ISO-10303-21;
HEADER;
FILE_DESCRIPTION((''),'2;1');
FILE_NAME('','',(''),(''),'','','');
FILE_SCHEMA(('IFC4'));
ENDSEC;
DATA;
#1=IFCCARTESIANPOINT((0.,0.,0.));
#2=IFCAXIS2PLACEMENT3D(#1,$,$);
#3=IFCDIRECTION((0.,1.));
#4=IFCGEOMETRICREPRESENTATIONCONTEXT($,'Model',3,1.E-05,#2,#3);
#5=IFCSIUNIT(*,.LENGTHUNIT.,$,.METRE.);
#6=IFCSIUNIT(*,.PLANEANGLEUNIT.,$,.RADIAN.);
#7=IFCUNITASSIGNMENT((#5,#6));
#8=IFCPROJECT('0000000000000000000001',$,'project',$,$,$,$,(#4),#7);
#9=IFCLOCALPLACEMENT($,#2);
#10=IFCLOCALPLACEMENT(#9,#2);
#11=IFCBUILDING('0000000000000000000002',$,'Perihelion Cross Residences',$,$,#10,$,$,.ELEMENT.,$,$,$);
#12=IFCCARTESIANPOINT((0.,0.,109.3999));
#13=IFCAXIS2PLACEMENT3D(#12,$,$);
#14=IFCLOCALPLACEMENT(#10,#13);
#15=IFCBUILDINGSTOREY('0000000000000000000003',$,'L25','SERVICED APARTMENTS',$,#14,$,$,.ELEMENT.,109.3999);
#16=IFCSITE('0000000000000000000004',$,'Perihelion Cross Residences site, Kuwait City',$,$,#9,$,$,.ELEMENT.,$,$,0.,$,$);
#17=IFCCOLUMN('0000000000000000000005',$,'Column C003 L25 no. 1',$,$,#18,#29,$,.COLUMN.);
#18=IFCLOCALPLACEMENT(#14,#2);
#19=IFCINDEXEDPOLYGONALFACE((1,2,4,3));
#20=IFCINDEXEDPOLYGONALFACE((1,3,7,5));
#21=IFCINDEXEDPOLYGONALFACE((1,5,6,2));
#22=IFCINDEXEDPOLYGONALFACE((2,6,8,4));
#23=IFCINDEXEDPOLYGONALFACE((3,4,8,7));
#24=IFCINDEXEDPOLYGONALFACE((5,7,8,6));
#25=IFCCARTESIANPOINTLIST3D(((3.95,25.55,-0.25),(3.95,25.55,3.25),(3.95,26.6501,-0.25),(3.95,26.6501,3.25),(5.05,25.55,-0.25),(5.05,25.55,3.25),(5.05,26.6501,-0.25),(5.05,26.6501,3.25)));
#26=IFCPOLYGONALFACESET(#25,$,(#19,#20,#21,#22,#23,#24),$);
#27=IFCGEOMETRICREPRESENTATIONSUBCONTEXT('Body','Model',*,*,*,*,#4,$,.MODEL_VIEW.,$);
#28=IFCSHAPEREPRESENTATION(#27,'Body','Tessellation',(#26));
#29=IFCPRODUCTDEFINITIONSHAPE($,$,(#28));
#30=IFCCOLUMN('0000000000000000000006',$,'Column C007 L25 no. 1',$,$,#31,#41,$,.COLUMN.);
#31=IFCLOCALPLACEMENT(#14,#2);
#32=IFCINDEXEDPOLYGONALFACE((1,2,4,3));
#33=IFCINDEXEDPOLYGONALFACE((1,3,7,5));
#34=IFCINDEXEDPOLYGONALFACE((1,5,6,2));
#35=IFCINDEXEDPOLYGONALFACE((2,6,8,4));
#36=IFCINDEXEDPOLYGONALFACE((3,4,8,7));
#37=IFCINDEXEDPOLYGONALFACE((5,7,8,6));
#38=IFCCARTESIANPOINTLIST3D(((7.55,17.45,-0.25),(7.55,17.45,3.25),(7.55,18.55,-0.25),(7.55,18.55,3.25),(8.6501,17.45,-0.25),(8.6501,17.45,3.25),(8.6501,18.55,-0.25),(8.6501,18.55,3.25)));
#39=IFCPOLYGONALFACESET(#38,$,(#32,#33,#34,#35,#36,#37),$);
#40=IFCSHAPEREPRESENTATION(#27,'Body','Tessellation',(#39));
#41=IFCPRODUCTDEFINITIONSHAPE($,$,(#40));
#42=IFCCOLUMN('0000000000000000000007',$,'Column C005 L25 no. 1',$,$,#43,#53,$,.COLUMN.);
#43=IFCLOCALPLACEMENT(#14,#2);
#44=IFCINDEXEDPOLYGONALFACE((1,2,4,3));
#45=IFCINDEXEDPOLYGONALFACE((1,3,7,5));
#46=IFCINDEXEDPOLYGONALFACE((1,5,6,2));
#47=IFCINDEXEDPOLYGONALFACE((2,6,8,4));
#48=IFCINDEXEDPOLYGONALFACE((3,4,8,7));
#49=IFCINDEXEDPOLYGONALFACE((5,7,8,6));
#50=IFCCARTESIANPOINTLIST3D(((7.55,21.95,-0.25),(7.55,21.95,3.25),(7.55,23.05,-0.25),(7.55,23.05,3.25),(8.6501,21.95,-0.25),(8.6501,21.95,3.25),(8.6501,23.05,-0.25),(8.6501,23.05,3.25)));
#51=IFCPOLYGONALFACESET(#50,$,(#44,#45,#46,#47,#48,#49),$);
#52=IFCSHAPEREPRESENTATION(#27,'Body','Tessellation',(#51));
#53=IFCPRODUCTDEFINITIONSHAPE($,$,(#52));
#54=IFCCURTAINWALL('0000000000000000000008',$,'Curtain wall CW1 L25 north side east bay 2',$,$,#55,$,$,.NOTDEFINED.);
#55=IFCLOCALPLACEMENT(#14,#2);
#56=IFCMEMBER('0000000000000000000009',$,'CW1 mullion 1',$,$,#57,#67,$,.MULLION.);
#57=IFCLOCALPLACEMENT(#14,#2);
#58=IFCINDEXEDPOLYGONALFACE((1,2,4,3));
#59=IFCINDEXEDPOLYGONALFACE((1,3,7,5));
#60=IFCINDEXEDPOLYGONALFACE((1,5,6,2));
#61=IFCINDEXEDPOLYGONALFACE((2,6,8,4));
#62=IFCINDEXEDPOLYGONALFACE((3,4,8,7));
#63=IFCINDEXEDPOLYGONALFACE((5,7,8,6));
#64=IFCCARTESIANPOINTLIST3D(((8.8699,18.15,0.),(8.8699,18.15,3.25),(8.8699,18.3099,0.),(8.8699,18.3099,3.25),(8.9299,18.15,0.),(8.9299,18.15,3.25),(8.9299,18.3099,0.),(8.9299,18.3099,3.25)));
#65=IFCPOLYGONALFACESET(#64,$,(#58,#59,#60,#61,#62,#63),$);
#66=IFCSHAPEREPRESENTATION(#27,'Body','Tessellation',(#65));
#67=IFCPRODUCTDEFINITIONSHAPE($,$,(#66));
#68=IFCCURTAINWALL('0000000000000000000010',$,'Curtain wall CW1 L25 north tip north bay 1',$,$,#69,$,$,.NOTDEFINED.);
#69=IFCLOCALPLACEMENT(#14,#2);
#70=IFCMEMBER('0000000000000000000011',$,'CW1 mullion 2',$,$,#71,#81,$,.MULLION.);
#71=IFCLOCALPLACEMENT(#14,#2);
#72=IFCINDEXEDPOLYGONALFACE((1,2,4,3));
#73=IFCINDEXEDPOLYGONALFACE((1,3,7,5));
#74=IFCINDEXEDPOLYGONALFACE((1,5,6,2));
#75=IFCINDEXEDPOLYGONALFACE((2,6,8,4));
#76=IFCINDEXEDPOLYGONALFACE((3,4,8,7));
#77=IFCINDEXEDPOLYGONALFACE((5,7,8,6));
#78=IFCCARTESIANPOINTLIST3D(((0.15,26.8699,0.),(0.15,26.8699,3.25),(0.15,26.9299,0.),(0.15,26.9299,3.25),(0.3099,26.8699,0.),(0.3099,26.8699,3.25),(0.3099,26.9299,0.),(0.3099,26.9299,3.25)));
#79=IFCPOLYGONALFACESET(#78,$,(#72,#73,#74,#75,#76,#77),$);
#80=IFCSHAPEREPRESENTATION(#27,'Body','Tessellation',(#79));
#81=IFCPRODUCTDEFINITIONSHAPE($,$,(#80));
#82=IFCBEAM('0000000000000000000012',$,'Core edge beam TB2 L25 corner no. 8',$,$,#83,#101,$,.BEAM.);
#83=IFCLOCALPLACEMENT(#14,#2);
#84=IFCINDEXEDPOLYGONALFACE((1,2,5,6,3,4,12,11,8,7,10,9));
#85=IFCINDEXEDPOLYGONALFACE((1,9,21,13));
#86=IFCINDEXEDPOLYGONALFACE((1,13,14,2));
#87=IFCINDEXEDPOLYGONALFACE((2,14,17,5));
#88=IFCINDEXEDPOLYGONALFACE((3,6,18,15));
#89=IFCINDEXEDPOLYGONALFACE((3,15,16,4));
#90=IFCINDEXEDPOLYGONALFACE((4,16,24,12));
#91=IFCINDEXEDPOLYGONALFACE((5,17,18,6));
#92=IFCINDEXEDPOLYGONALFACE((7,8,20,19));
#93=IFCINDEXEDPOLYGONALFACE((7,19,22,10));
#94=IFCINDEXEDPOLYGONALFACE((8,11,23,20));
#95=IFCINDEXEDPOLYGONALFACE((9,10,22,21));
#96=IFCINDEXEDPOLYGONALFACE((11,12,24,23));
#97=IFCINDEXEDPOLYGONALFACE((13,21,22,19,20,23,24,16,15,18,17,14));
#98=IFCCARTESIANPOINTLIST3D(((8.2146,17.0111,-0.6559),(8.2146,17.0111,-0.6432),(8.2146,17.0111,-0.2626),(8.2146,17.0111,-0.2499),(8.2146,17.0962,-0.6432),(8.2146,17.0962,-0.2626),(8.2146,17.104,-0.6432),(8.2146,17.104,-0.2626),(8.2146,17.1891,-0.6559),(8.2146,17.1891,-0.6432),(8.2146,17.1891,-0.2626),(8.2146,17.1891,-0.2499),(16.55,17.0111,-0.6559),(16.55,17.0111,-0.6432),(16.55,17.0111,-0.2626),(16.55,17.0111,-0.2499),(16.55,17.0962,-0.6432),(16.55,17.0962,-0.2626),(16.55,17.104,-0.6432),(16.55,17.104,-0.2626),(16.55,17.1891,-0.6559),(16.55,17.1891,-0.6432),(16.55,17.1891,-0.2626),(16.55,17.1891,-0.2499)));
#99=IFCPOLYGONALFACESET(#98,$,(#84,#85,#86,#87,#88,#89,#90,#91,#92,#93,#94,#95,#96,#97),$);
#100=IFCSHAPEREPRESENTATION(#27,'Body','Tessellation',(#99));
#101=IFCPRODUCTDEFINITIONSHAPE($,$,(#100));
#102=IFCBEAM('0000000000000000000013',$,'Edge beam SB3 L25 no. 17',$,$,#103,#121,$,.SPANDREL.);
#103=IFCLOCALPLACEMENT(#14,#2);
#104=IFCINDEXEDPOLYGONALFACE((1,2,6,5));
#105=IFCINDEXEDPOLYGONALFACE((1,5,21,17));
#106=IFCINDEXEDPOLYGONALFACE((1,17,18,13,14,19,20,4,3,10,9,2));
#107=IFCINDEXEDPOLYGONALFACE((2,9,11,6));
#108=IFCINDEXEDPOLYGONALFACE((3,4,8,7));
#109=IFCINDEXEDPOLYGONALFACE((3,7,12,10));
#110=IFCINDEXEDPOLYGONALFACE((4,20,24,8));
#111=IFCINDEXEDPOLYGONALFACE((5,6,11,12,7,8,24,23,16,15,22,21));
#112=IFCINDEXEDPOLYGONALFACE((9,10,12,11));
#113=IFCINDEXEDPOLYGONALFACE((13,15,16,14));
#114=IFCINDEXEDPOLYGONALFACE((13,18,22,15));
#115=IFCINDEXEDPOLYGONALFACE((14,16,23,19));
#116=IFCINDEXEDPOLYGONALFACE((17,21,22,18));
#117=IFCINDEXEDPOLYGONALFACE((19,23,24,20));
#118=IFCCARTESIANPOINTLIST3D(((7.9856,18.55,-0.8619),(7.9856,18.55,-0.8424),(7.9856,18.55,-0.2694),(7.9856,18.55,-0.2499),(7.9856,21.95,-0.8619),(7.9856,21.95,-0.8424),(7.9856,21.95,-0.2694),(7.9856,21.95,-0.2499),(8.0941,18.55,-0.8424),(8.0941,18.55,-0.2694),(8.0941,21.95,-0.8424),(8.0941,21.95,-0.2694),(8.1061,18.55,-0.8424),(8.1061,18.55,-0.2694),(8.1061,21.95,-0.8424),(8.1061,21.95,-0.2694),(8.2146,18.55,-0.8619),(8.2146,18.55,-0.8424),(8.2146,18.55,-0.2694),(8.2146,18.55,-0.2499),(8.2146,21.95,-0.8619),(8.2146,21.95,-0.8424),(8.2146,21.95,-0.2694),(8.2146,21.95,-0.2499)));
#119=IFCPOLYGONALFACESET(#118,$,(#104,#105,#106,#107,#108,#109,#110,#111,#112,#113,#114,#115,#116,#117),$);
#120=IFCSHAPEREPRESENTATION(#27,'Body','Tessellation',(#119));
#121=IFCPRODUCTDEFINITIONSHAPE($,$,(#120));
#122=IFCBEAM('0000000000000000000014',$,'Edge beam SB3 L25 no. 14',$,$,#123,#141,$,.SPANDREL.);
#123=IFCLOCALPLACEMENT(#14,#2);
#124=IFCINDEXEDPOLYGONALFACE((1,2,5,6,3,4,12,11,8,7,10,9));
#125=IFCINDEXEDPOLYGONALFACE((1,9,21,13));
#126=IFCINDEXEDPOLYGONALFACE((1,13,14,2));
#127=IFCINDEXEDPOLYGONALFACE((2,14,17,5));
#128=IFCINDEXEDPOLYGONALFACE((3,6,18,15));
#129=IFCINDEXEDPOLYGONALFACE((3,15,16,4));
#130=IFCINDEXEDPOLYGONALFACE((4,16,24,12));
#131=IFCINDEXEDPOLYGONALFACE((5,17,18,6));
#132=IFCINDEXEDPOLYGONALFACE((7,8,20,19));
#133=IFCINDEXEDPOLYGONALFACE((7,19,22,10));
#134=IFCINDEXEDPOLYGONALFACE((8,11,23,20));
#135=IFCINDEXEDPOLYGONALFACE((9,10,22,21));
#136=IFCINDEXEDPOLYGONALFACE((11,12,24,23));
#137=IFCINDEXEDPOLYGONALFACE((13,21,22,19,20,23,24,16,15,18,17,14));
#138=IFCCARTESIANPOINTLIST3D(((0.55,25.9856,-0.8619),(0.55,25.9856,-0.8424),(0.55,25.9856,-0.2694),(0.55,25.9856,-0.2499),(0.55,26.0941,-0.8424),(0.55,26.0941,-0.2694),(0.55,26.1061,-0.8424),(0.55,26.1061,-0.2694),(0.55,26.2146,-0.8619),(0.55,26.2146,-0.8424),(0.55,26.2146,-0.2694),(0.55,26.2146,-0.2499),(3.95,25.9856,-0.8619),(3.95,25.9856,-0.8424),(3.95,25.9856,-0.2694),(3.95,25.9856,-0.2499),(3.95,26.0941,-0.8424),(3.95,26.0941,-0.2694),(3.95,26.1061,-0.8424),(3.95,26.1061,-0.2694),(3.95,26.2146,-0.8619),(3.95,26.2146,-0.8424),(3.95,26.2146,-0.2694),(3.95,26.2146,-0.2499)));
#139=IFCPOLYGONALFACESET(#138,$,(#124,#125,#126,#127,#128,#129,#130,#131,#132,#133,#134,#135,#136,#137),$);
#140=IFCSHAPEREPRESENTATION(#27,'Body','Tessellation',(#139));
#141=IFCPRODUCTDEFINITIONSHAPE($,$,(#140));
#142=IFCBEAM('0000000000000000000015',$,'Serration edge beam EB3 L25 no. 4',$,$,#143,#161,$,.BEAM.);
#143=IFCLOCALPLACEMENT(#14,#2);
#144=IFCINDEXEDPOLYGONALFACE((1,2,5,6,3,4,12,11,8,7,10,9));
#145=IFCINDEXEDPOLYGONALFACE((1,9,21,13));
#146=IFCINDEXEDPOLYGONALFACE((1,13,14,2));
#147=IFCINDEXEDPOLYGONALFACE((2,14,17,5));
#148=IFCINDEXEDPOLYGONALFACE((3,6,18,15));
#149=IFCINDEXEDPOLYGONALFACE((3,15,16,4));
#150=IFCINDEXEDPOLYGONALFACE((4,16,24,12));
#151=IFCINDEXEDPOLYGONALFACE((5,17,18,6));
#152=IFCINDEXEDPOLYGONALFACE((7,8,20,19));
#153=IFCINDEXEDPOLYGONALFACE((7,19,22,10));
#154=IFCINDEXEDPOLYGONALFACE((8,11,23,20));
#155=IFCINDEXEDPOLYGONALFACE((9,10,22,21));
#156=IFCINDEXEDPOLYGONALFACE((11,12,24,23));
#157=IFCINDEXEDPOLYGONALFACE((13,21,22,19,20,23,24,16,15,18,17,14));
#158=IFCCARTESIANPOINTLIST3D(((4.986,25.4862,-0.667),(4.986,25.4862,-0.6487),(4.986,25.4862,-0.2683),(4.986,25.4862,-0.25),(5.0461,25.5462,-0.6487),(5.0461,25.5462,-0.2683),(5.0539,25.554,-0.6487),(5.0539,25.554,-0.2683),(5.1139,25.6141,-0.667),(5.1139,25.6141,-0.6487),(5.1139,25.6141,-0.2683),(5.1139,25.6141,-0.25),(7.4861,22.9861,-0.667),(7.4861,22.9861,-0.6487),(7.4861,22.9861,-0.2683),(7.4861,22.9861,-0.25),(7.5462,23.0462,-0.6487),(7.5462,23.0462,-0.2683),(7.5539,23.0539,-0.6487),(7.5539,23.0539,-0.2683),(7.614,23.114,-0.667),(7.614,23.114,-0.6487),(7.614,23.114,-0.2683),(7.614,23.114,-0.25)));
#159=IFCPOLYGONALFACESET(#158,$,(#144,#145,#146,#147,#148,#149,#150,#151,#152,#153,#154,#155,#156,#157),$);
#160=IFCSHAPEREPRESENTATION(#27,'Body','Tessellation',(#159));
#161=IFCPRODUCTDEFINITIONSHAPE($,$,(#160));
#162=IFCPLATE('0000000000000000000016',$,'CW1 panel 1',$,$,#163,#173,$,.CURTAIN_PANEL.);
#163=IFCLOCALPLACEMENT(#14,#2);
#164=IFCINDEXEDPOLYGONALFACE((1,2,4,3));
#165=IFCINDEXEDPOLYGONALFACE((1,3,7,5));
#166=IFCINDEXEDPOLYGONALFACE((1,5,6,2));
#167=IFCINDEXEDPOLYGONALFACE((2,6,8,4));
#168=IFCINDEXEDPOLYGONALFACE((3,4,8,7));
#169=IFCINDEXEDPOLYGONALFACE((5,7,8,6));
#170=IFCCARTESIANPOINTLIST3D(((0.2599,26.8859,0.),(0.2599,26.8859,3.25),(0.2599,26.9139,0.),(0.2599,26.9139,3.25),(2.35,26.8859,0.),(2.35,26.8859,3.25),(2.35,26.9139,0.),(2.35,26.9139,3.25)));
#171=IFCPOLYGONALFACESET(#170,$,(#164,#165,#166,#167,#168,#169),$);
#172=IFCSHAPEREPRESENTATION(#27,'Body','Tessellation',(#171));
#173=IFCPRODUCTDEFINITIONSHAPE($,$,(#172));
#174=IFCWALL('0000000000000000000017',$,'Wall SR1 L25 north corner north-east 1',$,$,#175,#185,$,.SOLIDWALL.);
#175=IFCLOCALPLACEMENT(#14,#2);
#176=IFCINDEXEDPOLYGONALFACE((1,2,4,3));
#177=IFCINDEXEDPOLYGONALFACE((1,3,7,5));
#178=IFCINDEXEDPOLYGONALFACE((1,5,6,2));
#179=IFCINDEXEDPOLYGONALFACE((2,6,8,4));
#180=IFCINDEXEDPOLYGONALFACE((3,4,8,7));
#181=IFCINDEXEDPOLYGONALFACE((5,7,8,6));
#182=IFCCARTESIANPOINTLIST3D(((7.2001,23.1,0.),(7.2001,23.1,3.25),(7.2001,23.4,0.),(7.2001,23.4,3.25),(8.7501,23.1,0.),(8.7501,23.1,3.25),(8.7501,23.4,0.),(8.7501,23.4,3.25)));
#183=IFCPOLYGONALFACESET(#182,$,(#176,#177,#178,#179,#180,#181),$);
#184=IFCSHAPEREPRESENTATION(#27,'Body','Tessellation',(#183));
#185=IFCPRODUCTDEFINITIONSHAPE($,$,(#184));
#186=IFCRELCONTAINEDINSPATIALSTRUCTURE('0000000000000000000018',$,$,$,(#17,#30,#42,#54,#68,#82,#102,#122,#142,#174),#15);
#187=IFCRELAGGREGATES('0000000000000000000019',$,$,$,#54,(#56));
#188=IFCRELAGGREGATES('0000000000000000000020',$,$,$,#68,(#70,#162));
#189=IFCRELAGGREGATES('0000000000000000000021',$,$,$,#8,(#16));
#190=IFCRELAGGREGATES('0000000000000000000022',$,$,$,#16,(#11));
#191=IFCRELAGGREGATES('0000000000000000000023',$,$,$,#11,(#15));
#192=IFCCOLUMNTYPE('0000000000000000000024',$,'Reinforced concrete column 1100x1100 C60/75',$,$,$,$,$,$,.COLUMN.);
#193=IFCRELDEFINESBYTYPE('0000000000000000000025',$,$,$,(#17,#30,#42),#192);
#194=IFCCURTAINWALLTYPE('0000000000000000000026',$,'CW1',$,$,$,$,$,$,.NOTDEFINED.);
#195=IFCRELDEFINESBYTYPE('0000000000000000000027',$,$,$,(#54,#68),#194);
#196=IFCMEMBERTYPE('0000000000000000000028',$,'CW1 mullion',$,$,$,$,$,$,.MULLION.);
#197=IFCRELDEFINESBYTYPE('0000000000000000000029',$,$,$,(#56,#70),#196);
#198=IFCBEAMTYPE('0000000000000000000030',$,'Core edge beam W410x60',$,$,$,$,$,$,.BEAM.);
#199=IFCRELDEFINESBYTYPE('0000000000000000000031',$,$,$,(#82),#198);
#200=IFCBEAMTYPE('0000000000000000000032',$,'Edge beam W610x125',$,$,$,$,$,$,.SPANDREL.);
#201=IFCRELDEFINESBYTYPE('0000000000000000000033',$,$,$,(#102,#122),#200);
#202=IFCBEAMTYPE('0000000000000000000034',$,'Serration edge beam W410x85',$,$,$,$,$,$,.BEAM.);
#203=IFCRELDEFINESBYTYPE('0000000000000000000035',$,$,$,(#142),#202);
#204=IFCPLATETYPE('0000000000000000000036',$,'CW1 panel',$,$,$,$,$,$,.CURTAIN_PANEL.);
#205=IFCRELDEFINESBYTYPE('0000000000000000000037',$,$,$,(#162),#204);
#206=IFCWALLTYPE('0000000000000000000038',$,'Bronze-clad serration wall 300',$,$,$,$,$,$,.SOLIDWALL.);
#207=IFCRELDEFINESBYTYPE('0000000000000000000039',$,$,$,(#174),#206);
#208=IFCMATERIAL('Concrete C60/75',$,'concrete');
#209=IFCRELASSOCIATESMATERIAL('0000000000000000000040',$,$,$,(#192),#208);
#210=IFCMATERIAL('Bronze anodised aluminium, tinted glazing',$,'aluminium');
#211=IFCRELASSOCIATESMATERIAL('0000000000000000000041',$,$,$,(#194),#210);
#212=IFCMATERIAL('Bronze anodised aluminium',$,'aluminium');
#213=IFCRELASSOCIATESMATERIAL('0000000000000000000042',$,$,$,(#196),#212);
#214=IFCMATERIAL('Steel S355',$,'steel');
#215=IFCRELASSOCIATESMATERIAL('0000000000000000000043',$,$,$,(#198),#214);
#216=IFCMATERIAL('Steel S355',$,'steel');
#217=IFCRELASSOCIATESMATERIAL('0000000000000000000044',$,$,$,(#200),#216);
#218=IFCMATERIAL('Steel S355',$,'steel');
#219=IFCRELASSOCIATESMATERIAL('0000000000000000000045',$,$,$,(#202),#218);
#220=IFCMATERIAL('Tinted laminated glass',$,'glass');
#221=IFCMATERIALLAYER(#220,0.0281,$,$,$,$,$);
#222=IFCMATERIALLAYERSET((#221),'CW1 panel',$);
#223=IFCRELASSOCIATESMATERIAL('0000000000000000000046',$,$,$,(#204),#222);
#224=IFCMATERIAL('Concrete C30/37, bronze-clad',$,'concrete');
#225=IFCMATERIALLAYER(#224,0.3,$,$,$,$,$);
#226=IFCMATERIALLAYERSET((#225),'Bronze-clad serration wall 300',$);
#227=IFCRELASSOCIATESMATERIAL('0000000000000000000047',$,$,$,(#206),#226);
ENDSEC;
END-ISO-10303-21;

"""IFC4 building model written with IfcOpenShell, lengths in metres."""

from ifc_helpers import new_model, si_unit, direction, frame, frame_2d, origin, origin_2d, place, context, subcontext, project, spatial, rectangle, i_section, extrude, material, layer, layer_set, material_profile, profile_set, type_object, element, aggregate, save


model = new_model("IFC4")

# Units and contexts
model_context = context("Model", 3, precision=1e-05, world=origin(), true_north=direction((0.0, 1.0)))
body_context = subcontext(model_context, "Body", "Model", "MODEL_VIEW")
ifc_project = project(units=[si_unit("LENGTHUNIT", "METRE"), si_unit("PLANEANGLEUNIT", "RADIAN")], contexts=[model_context])

# Site, building, storey
site_placement = place(None, origin())
site = spatial("IfcSite", under=ifc_project, at=site_placement, Name="Perihelion Cross Residences site, Kuwait City", CompositionType="ELEMENT", RefElevation=0.0)
building_placement = place(site_placement, origin())
building = spatial("IfcBuilding", under=site, at=building_placement, Name="Perihelion Cross Residences", CompositionType="ELEMENT")
storey_placement = place(building_placement, frame((0.0, 0.0, 109.3999)))
storey = spatial("IfcBuildingStorey", under=building, at=storey_placement, Name="L25", Description="SERVICED APARTMENTS", CompositionType="ELEMENT", Elevation=109.3999)

# Columns
ifc_material_1 = material(Name="Concrete C60/75", Category="concrete")
ifc_material_profile_1 = material_profile(ifc_material_1, rectangle(XDim=1.1001, YDim=1.1001, at=origin_2d()), Name="RC 1100x1100")
ifc_profile_set_1 = profile_set([ifc_material_profile_1], Name="Concrete C60/75")
column_type = type_object("IfcColumnType", Name="Reinforced concrete column 1100x1100 C60/75", PredefinedType="COLUMN", material=ifc_profile_set_1)
for number, where, z_axis, x_axis, name in (
    (1, (4.5, 26.1001, -0.25), (0.0, 0.0, 1.0), (1.0, 0.0, 0.0), "Column C003 L25 no. 1"),
    (2, (8.1001, 18.0, -0.25), (0.0, 0.0, 1.0), (1.0, 0.0, 0.0), "Column C007 L25 no. 1"),
    (3, (8.1001, 22.5, -0.25), (0.0, 0.0, 1.0), (1.0, 0.0, 0.0), "Column C005 L25 no. 1"),
):
    element("IfcColumn", number, at=place(storey_placement, frame(where, z_axis=z_axis, x_axis=x_axis)), inside=storey, type_object=column_type, Name=name, PredefinedType="COLUMN", context=body_context, shape_type="SweptSolid", body=[
        extrude(rectangle(XDim=1.1001, YDim=1.1001, at=origin_2d()), origin(), (0.0, 0.0, 1.0), 3.5),
    ])

# Curtain walls, members
ifc_material_2 = material(Name="Bronze anodised aluminium, tinted glazing", Category="aluminium")
curtain_wall_type = type_object("IfcCurtainWallType", Name="CW1", PredefinedType="NOTDEFINED", material=ifc_material_2)
curtain_wall_1_placement = place(storey_placement, origin())
curtain_wall_1 = element("IfcCurtainWall", 4, at=curtain_wall_1_placement, inside=storey, type_object=curtain_wall_type, Name="Curtain wall CW1 L25 north side east bay 2", PredefinedType="NOTDEFINED")
ifc_material_3 = material(Name="Bronze anodised aluminium", Category="aluminium")
ifc_material_profile_2 = material_profile(ifc_material_3, rectangle(XDim=0.0601, YDim=0.1599, at=origin_2d()), Name="CW1 mullion")
ifc_profile_set_2 = profile_set([ifc_material_profile_2], Name="Bronze anodised aluminium")
member_type = type_object("IfcMemberType", Name="CW1 mullion", PredefinedType="MULLION", material=ifc_profile_set_2)
member_1_placement = place(storey_placement, frame((8.8999, 18.23, 0.0), z_axis=(0.0, 0.0, 1.0), x_axis=(-1.0, 0.0, 0.0)))
member_1 = element("IfcMember", 5, at=member_1_placement, type_object=member_type, Name="CW1 mullion 1", PredefinedType="MULLION", context=body_context, shape_type="SweptSolid", body=[
    extrude(rectangle(XDim=0.0601, YDim=0.1599, at=origin_2d()), origin(), (0.0, 0.0, 1.0), 3.25),
])
aggregate(curtain_wall_1, [member_1])
curtain_wall_2_placement = place(storey_placement, origin())
curtain_wall_2 = element("IfcCurtainWall", 6, at=curtain_wall_2_placement, inside=storey, type_object=curtain_wall_type, Name="Curtain wall CW1 L25 north tip north bay 1", PredefinedType="NOTDEFINED")
member_2_placement = place(storey_placement, frame((0.23, 26.8999, 0.0), z_axis=(0.0, 0.0, 1.0), x_axis=(0.0, -1.0, 0.0)))
member_2 = element("IfcMember", 7, at=member_2_placement, type_object=member_type, Name="CW1 mullion 2", PredefinedType="MULLION", context=body_context, shape_type="SweptSolid", body=[
    extrude(rectangle(XDim=0.0601, YDim=0.1599, at=origin_2d()), origin(), (0.0, 0.0, 1.0), 3.25),
])

# Beams
ifc_material_4 = material(Name="Steel S355", Category="steel")
ifc_material_profile_3 = material_profile(ifc_material_4, i_section(OverallWidth=0.178, OverallDepth=0.406, WebThickness=0.0078, FlangeThickness=0.0127, at=origin_2d()), Name="W410x60")
ifc_profile_set_3 = profile_set([ifc_material_profile_3], Name="Steel S355")
beam_type_1 = type_object("IfcBeamType", Name="Core edge beam W410x60", PredefinedType="BEAM", material=ifc_profile_set_3)
beam_1_placement = place(storey_placement, frame((8.2146, 17.1001, -0.4529), z_axis=(1.0, 0.0, 0.0), x_axis=(0.0, 1.0, 0.0)))
element("IfcBeam", 8, at=beam_1_placement, inside=storey, type_object=beam_type_1, Name="Core edge beam TB2 L25 corner no. 8", PredefinedType="BEAM", context=body_context, shape_type="SweptSolid", body=[
    extrude(i_section(OverallWidth=0.178, OverallDepth=0.406, WebThickness=0.0078, FlangeThickness=0.0127, at=origin_2d()), origin(), (0.0, 0.0, 1.0), 8.3354),
])
ifc_material_5 = material(Name="Steel S355", Category="steel")
ifc_material_profile_4 = material_profile(ifc_material_5, i_section(OverallWidth=0.229, OverallDepth=0.6121, WebThickness=0.012, FlangeThickness=0.0195, at=origin_2d()), Name="W610x125")
ifc_profile_set_4 = profile_set([ifc_material_profile_4], Name="Steel S355")
beam_type_2 = type_object("IfcBeamType", Name="Edge beam W610x125", PredefinedType="SPANDREL", material=ifc_profile_set_4)
for number, where, z_axis, x_axis, name in (
    (9, (8.1001, 18.55, -0.5559), (0.0, 1.0, 0.0), (-1.0, 0.0, 0.0), "Edge beam SB3 L25 no. 17"),
    (10, (3.95, 26.1001, -0.5559), (-1.0, 0.0, 0.0), (0.0, -1.0, 0.0), "Edge beam SB3 L25 no. 14"),
):
    element("IfcBeam", number, at=place(storey_placement, frame(where, z_axis=z_axis, x_axis=x_axis)), inside=storey, type_object=beam_type_2, Name=name, PredefinedType="SPANDREL", context=body_context, shape_type="SweptSolid", body=[
        extrude(i_section(OverallWidth=0.229, OverallDepth=0.6121, WebThickness=0.012, FlangeThickness=0.0195, at=origin_2d()), origin(), (0.0, 0.0, 1.0), 3.3999),
    ])
ifc_material_6 = material(Name="Steel S355", Category="steel")
ifc_material_profile_5 = material_profile(ifc_material_6, i_section(OverallWidth=0.1809, OverallDepth=0.417, WebThickness=0.011, FlangeThickness=0.0183, at=origin_2d()), Name="W410x85")
ifc_profile_set_5 = profile_set([ifc_material_profile_5], Name="Steel S355")
beam_type_3 = type_object("IfcBeamType", Name="Serration edge beam W410x85", PredefinedType="BEAM", material=ifc_profile_set_5)
beam_2_placement = place(storey_placement, frame((7.55, 23.05, -0.4585), z_axis=(-0.707107, 0.707107, 0.0), x_axis=(-0.707107, -0.707107, 0.0)))
element("IfcBeam", 11, at=beam_2_placement, inside=storey, type_object=beam_type_3, Name="Serration edge beam EB3 L25 no. 4", PredefinedType="BEAM", context=body_context, shape_type="SweptSolid", body=[
    extrude(i_section(OverallWidth=0.1809, OverallDepth=0.417, WebThickness=0.011, FlangeThickness=0.0183, at=origin_2d()), origin(), (0.0, 0.0, 1.0), 3.5356),
])

# Plate
ifc_material_7 = material(Name="Tinted laminated glass", Category="glass")
ifc_layer_1 = layer(ifc_material_7, 0.0281)
ifc_layer_set_1 = layer_set([ifc_layer_1], Name="CW1 panel")
plate_type = type_object("IfcPlateType", Name="CW1 panel", PredefinedType="CURTAIN_PANEL", material=ifc_layer_set_1)
plate_placement = place(storey_placement, frame((1.3049, 26.8999, 0.0), z_axis=(0.0, 0.0, 1.0), x_axis=(-1.0, 0.0, 0.0)))
plate = element("IfcPlate", 12, at=plate_placement, type_object=plate_type, Name="CW1 panel 1", PredefinedType="CURTAIN_PANEL", context=body_context, shape_type="SweptSolid", body=[
    extrude(rectangle(XDim=2.0901, YDim=0.0281, at=origin_2d()), origin(), (0.0, 0.0, 1.0), 3.25),
])
aggregate(curtain_wall_2, [member_2, plate])

# Wall
ifc_material_8 = material(Name="Concrete C30/37, bronze-clad", Category="concrete")
ifc_layer_2 = layer(ifc_material_8, 0.3)
ifc_layer_set_2 = layer_set([ifc_layer_2], Name="Bronze-clad serration wall 300")
wall_type_1 = type_object("IfcWallType", Name="Bronze-clad serration wall 300", PredefinedType="SOLIDWALL", material=ifc_layer_set_2)
wall_1_placement = place(storey_placement, frame((8.75, 23.25, 0.0), z_axis=(0.0, 0.0, 1.0), x_axis=(-1.0, 0.0, 0.0)))
element("IfcWall", 13, at=wall_1_placement, inside=storey, type_object=wall_type_1, Name="Wall SR1 L25 north corner north-east 1", PredefinedType="SOLIDWALL", context=body_context, shape_type="SweptSolid", body=[
    extrude(rectangle(XDim=1.55, YDim=0.3, at=frame_2d((0.7749, 0.0))), origin(), (0.0, 0.0, 1.0), 3.25),
])

save(model, "model.ifc")
